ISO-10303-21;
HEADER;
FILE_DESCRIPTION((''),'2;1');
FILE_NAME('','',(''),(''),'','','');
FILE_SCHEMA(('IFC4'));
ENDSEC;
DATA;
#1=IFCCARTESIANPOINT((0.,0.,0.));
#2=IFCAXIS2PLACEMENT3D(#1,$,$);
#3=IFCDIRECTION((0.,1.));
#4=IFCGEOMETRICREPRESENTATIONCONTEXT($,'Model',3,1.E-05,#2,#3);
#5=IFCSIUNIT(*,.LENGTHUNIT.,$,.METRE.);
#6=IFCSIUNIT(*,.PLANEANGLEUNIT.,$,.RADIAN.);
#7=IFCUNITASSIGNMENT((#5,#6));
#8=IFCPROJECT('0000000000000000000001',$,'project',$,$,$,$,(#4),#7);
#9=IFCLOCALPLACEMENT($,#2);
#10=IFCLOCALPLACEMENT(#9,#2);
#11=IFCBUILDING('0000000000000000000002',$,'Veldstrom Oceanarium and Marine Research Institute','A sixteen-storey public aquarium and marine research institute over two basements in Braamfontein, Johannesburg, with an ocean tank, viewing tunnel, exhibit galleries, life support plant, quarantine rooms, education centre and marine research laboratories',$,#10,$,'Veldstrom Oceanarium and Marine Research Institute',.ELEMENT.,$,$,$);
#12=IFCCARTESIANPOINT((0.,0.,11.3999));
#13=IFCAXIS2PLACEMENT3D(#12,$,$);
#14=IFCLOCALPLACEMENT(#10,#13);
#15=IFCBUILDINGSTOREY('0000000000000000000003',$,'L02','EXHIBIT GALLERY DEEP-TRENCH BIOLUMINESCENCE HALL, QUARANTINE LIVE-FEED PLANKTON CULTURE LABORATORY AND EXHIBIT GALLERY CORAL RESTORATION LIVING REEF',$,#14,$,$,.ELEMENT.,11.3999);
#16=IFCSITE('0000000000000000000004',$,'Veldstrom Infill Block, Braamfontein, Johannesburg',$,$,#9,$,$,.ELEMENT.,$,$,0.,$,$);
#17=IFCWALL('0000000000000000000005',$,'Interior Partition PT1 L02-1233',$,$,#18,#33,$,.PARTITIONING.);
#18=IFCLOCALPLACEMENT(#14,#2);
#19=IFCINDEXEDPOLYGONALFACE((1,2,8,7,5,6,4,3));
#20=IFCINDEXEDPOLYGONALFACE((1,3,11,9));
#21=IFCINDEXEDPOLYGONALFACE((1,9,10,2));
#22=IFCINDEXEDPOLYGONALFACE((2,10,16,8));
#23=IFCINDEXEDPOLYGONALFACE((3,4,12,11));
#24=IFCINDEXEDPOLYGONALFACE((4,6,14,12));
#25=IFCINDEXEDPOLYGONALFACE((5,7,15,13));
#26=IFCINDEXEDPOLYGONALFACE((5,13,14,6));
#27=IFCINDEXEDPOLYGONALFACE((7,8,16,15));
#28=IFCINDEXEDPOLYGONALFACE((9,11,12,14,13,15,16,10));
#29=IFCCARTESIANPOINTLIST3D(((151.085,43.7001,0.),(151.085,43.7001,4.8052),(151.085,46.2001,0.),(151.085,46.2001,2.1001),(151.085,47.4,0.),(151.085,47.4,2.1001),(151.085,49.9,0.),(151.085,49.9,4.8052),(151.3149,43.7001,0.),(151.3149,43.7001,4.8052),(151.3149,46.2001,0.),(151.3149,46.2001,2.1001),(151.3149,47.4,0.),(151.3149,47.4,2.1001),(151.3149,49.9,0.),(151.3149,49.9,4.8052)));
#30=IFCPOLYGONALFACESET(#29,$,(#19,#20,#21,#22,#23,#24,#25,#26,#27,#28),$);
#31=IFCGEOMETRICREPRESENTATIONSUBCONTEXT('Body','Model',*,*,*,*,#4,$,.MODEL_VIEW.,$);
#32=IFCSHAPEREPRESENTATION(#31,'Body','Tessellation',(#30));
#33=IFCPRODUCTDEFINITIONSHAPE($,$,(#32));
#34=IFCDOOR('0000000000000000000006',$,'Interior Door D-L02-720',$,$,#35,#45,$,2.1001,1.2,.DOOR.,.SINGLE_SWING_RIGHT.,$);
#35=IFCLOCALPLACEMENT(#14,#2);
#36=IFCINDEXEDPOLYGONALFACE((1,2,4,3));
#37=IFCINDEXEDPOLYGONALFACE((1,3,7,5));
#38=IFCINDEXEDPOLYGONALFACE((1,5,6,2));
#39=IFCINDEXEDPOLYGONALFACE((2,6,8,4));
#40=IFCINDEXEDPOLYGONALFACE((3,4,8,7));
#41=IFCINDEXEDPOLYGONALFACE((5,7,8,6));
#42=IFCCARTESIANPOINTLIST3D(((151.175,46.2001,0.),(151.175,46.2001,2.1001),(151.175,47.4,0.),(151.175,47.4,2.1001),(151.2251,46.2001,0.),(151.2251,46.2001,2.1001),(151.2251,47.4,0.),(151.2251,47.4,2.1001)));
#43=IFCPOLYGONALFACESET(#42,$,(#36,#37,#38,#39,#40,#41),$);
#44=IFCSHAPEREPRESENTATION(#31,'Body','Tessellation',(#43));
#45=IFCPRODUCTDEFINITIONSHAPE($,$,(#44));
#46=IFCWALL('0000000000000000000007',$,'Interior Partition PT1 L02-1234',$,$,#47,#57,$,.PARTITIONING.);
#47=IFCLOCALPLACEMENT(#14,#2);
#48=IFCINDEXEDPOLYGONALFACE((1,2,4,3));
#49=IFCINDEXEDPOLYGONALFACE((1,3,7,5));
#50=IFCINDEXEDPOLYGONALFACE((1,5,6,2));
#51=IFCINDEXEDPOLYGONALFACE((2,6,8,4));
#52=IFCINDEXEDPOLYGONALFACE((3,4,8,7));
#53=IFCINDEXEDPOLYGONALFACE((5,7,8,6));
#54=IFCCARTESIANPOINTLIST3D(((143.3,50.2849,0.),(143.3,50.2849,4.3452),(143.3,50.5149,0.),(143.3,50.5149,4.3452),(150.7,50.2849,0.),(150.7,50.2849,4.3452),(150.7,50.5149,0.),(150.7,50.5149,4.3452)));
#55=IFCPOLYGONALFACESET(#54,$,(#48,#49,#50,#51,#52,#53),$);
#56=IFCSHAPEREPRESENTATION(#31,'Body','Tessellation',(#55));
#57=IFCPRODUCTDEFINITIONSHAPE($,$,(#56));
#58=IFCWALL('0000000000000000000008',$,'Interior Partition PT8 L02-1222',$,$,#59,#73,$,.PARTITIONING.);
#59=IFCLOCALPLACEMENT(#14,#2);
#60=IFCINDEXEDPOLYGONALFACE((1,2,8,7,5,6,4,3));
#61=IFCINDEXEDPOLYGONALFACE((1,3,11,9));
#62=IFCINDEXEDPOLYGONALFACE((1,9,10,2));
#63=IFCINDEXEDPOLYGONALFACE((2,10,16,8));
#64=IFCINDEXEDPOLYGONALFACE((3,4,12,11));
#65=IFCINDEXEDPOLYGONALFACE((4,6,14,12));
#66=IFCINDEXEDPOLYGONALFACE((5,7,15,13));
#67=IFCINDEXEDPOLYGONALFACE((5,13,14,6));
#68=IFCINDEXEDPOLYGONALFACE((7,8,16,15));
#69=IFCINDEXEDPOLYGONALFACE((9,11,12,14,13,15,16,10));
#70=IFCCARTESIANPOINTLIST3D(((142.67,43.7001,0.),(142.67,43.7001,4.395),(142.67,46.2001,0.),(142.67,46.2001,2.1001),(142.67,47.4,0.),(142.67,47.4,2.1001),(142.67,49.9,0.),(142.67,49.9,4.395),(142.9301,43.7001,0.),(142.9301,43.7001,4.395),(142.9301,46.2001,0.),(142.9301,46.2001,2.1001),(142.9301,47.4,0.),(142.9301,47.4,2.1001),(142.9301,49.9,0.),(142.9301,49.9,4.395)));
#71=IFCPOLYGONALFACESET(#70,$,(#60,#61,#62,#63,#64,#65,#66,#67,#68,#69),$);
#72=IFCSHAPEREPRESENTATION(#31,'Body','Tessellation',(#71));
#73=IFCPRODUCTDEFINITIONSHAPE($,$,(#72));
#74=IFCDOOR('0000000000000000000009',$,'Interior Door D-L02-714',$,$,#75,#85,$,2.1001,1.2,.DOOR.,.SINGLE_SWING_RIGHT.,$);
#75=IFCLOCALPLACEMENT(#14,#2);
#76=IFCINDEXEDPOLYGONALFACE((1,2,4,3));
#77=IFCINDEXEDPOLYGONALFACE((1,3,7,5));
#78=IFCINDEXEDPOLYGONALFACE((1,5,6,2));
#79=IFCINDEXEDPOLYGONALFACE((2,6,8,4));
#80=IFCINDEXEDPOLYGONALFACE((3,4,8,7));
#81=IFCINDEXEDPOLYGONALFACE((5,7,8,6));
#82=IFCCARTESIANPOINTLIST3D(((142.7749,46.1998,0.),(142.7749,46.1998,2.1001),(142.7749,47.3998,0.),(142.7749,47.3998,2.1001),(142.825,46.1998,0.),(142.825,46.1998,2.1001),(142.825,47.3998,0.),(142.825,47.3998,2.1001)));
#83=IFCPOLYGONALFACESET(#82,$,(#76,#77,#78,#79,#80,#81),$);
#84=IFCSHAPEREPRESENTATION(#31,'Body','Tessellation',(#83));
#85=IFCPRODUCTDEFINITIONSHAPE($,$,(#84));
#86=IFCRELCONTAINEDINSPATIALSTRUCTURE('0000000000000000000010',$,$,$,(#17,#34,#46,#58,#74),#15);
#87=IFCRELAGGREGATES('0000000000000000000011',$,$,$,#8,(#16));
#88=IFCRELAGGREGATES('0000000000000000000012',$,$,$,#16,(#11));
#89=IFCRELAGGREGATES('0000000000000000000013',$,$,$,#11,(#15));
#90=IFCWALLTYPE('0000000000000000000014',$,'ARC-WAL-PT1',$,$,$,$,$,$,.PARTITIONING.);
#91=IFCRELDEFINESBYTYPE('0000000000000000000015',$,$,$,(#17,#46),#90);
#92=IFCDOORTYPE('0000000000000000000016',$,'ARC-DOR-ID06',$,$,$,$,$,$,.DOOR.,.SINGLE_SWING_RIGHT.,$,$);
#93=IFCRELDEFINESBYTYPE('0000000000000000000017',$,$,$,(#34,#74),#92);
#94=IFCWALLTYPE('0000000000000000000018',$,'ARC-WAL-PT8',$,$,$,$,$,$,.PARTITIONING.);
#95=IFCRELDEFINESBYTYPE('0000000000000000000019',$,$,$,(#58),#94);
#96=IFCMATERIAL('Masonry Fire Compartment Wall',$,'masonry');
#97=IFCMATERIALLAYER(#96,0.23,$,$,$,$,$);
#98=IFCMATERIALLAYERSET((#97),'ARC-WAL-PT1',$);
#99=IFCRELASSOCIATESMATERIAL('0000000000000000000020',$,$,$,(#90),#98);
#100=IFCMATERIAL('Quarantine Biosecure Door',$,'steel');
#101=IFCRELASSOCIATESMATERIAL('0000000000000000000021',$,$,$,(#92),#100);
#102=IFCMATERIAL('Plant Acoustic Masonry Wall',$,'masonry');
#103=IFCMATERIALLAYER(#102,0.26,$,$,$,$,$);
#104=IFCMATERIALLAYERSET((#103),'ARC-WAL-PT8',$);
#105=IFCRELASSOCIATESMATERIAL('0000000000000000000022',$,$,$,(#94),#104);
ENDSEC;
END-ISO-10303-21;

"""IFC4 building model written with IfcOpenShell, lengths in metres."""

from ifc_helpers import new_model, si_unit, direction, frame, frame_2d, origin, place, context, subcontext, project, spatial, rectangle, extrude, material, layer, layer_set, type_object, element, fill, save


model = new_model("IFC4")

# Units and contexts
model_context = context("Model", 3, precision=1e-05, world=origin(), true_north=direction((0.0, 1.0)))
body_context = subcontext(model_context, "Body", "Model", "MODEL_VIEW")
ifc_project = project(units=[si_unit("LENGTHUNIT", "METRE"), si_unit("PLANEANGLEUNIT", "RADIAN")], contexts=[model_context])

# Site, building, storey
site_placement = place(None, origin())
site = spatial("IfcSite", under=ifc_project, at=site_placement, Name="Veldstrom Infill Block, Braamfontein, Johannesburg", CompositionType="ELEMENT", RefElevation=0.0)
building_placement = place(site_placement, origin())
building = spatial("IfcBuilding", under=site, at=building_placement, Name="Veldstrom Oceanarium and Marine Research Institute", Description="A sixteen-storey public aquarium and marine research institute over two basements in Braamfontein, Johannesburg, with an ocean tank, viewing tunnel, exhibit galleries, life support plant, quarantine rooms, education centre and marine research laboratories", LongName="Veldstrom Oceanarium and Marine Research Institute", CompositionType="ELEMENT")
storey_placement = place(building_placement, frame((0.0, 0.0, 11.3999)))
storey = spatial("IfcBuildingStorey", under=building, at=storey_placement, Name="L02", Description="EXHIBIT GALLERY DEEP-TRENCH BIOLUMINESCENCE HALL, QUARANTINE LIVE-FEED PLANKTON CULTURE LABORATORY AND EXHIBIT GALLERY CORAL RESTORATION LIVING REEF", CompositionType="ELEMENT", Elevation=11.3999)

# Wall, opening, door
ifc_material_1 = material(Name="Masonry Fire Compartment Wall", Category="masonry")
ifc_layer_1 = layer(ifc_material_1, 0.23)
ifc_layer_set_1 = layer_set([ifc_layer_1], Name="ARC-WAL-PT1")
wall_type_1 = type_object("IfcWallType", Name="ARC-WAL-PT1", PredefinedType="PARTITIONING", material=ifc_layer_set_1)
wall_1_placement = place(storey_placement, frame((151.2, 43.7, 0.0), z_axis=(0.0, 0.0, 1.0), x_axis=(0.0, 1.0, 0.0)))
wall_1 = element("IfcWall", 1, at=wall_1_placement, inside=storey, type_object=wall_type_1, Name="Interior Partition PT1 L02-1233", PredefinedType="PARTITIONING", context=body_context, shape_type="SweptSolid", body=[
    extrude(rectangle(XDim=6.2, YDim=0.23, at=frame_2d((3.1001, 0.0))), origin(), (0.0, 0.0, 1.0), 4.8052),
])
opening_1_placement = place(wall_1_placement, frame((2.5, 0.0, 0.0)))
opening_1 = element("IfcOpeningElement", 2, at=opening_1_placement, cuts=wall_1, PredefinedType="OPENING", context=body_context, shape_type="SweptSolid", body=[
    extrude(rectangle(XDim=1.2, YDim=2.1001, at=frame_2d((0.6001, 1.05))), frame((0.0, 0.125, 0.0), z_axis=(0.0, -1.0, 0.0), x_axis=(1.0, 0.0, 0.0)), (0.0, 0.0, 1.0), 0.25),
])
ifc_material_2 = material(Name="Quarantine Biosecure Door", Category="steel")
door_type = type_object("IfcDoorType", Name="ARC-DOR-ID06", OperationType="SINGLE_SWING_RIGHT", PredefinedType="DOOR", material=ifc_material_2)
door_1_placement = place(opening_1_placement, origin())
door_1 = element("IfcDoor", 3, at=door_1_placement, inside=storey, type_object=door_type, Name="Interior Door D-L02-720", OperationType="SINGLE_SWING_RIGHT", OverallHeight=2.1001, OverallWidth=1.2, PredefinedType="DOOR", context=body_context, shape_type="SweptSolid", body=[
    extrude(rectangle(XDim=1.2, YDim=2.1001, at=frame_2d((0.6001, 1.05))), frame((0.0, 0.0249, 0.0), z_axis=(0.0, -1.0, 0.0), x_axis=(1.0, 0.0, 0.0)), (0.0, 0.0, 1.0), 0.05),
])
fill(opening_1, door_1)

# Wall
wall_2_placement = place(storey_placement, frame((143.3, 50.3999, 0.0), z_axis=(0.0, 0.0, 1.0), x_axis=(1.0, 0.0, 0.0)))
element("IfcWall", 4, at=wall_2_placement, inside=storey, type_object=wall_type_1, Name="Interior Partition PT1 L02-1234", PredefinedType="PARTITIONING", context=body_context, shape_type="SweptSolid", body=[
    extrude(rectangle(XDim=7.3999, YDim=0.23, at=frame_2d((3.7, 0.0))), origin(), (0.0, 0.0, 1.0), 4.3452),
])

# Wall, opening, door
ifc_material_3 = material(Name="Plant Acoustic Masonry Wall", Category="masonry")
ifc_layer_2 = layer(ifc_material_3, 0.26)
ifc_layer_set_2 = layer_set([ifc_layer_2], Name="ARC-WAL-PT8")
wall_type_2 = type_object("IfcWallType", Name="ARC-WAL-PT8", PredefinedType="PARTITIONING", material=ifc_layer_set_2)
wall_3_placement = place(storey_placement, frame((142.8, 43.7, 0.0), z_axis=(0.0, 0.0, 1.0), x_axis=(0.0, 1.0, 0.0)))
wall_3 = element("IfcWall", 5, at=wall_3_placement, inside=storey, type_object=wall_type_2, Name="Interior Partition PT8 L02-1222", PredefinedType="PARTITIONING", context=body_context, shape_type="SweptSolid", body=[
    extrude(rectangle(XDim=6.2, YDim=0.26, at=frame_2d((3.1001, 0.0))), origin(), (0.0, 0.0, 1.0), 4.395),
])
opening_2_placement = place(wall_3_placement, frame((2.5, 0.0, 0.0)))
opening_2 = element("IfcOpeningElement", 6, at=opening_2_placement, cuts=wall_3, PredefinedType="OPENING", context=body_context, shape_type="SweptSolid", body=[
    extrude(rectangle(XDim=1.2, YDim=2.1001, at=frame_2d((0.6001, 1.05))), frame((0.0, 0.1399, 0.0), z_axis=(0.0, -1.0, 0.0), x_axis=(1.0, 0.0, 0.0)), (0.0, 0.0, 1.0), 0.28),
])
door_2_placement = place(opening_2_placement, frame((1.2, 0.0, 0.0), z_axis=(0.0, 0.0, 1.0), x_axis=(-1.0, 0.0, 0.0)))
door_2 = element("IfcDoor", 7, at=door_2_placement, inside=storey, type_object=door_type, Name="Interior Door D-L02-714", OperationType="SINGLE_SWING_RIGHT", OverallHeight=2.1001, OverallWidth=1.2, PredefinedType="DOOR", context=body_context, shape_type="SweptSolid", body=[
    extrude(rectangle(XDim=1.2, YDim=2.1001, at=frame_2d((0.6001, 1.05))), frame((0.0, 0.0249, 0.0), z_axis=(0.0, -1.0, 0.0), x_axis=(1.0, 0.0, 0.0)), (0.0, 0.0, 1.0), 0.05),
])
fill(opening_2, door_2)

save(model, "model.ifc")
